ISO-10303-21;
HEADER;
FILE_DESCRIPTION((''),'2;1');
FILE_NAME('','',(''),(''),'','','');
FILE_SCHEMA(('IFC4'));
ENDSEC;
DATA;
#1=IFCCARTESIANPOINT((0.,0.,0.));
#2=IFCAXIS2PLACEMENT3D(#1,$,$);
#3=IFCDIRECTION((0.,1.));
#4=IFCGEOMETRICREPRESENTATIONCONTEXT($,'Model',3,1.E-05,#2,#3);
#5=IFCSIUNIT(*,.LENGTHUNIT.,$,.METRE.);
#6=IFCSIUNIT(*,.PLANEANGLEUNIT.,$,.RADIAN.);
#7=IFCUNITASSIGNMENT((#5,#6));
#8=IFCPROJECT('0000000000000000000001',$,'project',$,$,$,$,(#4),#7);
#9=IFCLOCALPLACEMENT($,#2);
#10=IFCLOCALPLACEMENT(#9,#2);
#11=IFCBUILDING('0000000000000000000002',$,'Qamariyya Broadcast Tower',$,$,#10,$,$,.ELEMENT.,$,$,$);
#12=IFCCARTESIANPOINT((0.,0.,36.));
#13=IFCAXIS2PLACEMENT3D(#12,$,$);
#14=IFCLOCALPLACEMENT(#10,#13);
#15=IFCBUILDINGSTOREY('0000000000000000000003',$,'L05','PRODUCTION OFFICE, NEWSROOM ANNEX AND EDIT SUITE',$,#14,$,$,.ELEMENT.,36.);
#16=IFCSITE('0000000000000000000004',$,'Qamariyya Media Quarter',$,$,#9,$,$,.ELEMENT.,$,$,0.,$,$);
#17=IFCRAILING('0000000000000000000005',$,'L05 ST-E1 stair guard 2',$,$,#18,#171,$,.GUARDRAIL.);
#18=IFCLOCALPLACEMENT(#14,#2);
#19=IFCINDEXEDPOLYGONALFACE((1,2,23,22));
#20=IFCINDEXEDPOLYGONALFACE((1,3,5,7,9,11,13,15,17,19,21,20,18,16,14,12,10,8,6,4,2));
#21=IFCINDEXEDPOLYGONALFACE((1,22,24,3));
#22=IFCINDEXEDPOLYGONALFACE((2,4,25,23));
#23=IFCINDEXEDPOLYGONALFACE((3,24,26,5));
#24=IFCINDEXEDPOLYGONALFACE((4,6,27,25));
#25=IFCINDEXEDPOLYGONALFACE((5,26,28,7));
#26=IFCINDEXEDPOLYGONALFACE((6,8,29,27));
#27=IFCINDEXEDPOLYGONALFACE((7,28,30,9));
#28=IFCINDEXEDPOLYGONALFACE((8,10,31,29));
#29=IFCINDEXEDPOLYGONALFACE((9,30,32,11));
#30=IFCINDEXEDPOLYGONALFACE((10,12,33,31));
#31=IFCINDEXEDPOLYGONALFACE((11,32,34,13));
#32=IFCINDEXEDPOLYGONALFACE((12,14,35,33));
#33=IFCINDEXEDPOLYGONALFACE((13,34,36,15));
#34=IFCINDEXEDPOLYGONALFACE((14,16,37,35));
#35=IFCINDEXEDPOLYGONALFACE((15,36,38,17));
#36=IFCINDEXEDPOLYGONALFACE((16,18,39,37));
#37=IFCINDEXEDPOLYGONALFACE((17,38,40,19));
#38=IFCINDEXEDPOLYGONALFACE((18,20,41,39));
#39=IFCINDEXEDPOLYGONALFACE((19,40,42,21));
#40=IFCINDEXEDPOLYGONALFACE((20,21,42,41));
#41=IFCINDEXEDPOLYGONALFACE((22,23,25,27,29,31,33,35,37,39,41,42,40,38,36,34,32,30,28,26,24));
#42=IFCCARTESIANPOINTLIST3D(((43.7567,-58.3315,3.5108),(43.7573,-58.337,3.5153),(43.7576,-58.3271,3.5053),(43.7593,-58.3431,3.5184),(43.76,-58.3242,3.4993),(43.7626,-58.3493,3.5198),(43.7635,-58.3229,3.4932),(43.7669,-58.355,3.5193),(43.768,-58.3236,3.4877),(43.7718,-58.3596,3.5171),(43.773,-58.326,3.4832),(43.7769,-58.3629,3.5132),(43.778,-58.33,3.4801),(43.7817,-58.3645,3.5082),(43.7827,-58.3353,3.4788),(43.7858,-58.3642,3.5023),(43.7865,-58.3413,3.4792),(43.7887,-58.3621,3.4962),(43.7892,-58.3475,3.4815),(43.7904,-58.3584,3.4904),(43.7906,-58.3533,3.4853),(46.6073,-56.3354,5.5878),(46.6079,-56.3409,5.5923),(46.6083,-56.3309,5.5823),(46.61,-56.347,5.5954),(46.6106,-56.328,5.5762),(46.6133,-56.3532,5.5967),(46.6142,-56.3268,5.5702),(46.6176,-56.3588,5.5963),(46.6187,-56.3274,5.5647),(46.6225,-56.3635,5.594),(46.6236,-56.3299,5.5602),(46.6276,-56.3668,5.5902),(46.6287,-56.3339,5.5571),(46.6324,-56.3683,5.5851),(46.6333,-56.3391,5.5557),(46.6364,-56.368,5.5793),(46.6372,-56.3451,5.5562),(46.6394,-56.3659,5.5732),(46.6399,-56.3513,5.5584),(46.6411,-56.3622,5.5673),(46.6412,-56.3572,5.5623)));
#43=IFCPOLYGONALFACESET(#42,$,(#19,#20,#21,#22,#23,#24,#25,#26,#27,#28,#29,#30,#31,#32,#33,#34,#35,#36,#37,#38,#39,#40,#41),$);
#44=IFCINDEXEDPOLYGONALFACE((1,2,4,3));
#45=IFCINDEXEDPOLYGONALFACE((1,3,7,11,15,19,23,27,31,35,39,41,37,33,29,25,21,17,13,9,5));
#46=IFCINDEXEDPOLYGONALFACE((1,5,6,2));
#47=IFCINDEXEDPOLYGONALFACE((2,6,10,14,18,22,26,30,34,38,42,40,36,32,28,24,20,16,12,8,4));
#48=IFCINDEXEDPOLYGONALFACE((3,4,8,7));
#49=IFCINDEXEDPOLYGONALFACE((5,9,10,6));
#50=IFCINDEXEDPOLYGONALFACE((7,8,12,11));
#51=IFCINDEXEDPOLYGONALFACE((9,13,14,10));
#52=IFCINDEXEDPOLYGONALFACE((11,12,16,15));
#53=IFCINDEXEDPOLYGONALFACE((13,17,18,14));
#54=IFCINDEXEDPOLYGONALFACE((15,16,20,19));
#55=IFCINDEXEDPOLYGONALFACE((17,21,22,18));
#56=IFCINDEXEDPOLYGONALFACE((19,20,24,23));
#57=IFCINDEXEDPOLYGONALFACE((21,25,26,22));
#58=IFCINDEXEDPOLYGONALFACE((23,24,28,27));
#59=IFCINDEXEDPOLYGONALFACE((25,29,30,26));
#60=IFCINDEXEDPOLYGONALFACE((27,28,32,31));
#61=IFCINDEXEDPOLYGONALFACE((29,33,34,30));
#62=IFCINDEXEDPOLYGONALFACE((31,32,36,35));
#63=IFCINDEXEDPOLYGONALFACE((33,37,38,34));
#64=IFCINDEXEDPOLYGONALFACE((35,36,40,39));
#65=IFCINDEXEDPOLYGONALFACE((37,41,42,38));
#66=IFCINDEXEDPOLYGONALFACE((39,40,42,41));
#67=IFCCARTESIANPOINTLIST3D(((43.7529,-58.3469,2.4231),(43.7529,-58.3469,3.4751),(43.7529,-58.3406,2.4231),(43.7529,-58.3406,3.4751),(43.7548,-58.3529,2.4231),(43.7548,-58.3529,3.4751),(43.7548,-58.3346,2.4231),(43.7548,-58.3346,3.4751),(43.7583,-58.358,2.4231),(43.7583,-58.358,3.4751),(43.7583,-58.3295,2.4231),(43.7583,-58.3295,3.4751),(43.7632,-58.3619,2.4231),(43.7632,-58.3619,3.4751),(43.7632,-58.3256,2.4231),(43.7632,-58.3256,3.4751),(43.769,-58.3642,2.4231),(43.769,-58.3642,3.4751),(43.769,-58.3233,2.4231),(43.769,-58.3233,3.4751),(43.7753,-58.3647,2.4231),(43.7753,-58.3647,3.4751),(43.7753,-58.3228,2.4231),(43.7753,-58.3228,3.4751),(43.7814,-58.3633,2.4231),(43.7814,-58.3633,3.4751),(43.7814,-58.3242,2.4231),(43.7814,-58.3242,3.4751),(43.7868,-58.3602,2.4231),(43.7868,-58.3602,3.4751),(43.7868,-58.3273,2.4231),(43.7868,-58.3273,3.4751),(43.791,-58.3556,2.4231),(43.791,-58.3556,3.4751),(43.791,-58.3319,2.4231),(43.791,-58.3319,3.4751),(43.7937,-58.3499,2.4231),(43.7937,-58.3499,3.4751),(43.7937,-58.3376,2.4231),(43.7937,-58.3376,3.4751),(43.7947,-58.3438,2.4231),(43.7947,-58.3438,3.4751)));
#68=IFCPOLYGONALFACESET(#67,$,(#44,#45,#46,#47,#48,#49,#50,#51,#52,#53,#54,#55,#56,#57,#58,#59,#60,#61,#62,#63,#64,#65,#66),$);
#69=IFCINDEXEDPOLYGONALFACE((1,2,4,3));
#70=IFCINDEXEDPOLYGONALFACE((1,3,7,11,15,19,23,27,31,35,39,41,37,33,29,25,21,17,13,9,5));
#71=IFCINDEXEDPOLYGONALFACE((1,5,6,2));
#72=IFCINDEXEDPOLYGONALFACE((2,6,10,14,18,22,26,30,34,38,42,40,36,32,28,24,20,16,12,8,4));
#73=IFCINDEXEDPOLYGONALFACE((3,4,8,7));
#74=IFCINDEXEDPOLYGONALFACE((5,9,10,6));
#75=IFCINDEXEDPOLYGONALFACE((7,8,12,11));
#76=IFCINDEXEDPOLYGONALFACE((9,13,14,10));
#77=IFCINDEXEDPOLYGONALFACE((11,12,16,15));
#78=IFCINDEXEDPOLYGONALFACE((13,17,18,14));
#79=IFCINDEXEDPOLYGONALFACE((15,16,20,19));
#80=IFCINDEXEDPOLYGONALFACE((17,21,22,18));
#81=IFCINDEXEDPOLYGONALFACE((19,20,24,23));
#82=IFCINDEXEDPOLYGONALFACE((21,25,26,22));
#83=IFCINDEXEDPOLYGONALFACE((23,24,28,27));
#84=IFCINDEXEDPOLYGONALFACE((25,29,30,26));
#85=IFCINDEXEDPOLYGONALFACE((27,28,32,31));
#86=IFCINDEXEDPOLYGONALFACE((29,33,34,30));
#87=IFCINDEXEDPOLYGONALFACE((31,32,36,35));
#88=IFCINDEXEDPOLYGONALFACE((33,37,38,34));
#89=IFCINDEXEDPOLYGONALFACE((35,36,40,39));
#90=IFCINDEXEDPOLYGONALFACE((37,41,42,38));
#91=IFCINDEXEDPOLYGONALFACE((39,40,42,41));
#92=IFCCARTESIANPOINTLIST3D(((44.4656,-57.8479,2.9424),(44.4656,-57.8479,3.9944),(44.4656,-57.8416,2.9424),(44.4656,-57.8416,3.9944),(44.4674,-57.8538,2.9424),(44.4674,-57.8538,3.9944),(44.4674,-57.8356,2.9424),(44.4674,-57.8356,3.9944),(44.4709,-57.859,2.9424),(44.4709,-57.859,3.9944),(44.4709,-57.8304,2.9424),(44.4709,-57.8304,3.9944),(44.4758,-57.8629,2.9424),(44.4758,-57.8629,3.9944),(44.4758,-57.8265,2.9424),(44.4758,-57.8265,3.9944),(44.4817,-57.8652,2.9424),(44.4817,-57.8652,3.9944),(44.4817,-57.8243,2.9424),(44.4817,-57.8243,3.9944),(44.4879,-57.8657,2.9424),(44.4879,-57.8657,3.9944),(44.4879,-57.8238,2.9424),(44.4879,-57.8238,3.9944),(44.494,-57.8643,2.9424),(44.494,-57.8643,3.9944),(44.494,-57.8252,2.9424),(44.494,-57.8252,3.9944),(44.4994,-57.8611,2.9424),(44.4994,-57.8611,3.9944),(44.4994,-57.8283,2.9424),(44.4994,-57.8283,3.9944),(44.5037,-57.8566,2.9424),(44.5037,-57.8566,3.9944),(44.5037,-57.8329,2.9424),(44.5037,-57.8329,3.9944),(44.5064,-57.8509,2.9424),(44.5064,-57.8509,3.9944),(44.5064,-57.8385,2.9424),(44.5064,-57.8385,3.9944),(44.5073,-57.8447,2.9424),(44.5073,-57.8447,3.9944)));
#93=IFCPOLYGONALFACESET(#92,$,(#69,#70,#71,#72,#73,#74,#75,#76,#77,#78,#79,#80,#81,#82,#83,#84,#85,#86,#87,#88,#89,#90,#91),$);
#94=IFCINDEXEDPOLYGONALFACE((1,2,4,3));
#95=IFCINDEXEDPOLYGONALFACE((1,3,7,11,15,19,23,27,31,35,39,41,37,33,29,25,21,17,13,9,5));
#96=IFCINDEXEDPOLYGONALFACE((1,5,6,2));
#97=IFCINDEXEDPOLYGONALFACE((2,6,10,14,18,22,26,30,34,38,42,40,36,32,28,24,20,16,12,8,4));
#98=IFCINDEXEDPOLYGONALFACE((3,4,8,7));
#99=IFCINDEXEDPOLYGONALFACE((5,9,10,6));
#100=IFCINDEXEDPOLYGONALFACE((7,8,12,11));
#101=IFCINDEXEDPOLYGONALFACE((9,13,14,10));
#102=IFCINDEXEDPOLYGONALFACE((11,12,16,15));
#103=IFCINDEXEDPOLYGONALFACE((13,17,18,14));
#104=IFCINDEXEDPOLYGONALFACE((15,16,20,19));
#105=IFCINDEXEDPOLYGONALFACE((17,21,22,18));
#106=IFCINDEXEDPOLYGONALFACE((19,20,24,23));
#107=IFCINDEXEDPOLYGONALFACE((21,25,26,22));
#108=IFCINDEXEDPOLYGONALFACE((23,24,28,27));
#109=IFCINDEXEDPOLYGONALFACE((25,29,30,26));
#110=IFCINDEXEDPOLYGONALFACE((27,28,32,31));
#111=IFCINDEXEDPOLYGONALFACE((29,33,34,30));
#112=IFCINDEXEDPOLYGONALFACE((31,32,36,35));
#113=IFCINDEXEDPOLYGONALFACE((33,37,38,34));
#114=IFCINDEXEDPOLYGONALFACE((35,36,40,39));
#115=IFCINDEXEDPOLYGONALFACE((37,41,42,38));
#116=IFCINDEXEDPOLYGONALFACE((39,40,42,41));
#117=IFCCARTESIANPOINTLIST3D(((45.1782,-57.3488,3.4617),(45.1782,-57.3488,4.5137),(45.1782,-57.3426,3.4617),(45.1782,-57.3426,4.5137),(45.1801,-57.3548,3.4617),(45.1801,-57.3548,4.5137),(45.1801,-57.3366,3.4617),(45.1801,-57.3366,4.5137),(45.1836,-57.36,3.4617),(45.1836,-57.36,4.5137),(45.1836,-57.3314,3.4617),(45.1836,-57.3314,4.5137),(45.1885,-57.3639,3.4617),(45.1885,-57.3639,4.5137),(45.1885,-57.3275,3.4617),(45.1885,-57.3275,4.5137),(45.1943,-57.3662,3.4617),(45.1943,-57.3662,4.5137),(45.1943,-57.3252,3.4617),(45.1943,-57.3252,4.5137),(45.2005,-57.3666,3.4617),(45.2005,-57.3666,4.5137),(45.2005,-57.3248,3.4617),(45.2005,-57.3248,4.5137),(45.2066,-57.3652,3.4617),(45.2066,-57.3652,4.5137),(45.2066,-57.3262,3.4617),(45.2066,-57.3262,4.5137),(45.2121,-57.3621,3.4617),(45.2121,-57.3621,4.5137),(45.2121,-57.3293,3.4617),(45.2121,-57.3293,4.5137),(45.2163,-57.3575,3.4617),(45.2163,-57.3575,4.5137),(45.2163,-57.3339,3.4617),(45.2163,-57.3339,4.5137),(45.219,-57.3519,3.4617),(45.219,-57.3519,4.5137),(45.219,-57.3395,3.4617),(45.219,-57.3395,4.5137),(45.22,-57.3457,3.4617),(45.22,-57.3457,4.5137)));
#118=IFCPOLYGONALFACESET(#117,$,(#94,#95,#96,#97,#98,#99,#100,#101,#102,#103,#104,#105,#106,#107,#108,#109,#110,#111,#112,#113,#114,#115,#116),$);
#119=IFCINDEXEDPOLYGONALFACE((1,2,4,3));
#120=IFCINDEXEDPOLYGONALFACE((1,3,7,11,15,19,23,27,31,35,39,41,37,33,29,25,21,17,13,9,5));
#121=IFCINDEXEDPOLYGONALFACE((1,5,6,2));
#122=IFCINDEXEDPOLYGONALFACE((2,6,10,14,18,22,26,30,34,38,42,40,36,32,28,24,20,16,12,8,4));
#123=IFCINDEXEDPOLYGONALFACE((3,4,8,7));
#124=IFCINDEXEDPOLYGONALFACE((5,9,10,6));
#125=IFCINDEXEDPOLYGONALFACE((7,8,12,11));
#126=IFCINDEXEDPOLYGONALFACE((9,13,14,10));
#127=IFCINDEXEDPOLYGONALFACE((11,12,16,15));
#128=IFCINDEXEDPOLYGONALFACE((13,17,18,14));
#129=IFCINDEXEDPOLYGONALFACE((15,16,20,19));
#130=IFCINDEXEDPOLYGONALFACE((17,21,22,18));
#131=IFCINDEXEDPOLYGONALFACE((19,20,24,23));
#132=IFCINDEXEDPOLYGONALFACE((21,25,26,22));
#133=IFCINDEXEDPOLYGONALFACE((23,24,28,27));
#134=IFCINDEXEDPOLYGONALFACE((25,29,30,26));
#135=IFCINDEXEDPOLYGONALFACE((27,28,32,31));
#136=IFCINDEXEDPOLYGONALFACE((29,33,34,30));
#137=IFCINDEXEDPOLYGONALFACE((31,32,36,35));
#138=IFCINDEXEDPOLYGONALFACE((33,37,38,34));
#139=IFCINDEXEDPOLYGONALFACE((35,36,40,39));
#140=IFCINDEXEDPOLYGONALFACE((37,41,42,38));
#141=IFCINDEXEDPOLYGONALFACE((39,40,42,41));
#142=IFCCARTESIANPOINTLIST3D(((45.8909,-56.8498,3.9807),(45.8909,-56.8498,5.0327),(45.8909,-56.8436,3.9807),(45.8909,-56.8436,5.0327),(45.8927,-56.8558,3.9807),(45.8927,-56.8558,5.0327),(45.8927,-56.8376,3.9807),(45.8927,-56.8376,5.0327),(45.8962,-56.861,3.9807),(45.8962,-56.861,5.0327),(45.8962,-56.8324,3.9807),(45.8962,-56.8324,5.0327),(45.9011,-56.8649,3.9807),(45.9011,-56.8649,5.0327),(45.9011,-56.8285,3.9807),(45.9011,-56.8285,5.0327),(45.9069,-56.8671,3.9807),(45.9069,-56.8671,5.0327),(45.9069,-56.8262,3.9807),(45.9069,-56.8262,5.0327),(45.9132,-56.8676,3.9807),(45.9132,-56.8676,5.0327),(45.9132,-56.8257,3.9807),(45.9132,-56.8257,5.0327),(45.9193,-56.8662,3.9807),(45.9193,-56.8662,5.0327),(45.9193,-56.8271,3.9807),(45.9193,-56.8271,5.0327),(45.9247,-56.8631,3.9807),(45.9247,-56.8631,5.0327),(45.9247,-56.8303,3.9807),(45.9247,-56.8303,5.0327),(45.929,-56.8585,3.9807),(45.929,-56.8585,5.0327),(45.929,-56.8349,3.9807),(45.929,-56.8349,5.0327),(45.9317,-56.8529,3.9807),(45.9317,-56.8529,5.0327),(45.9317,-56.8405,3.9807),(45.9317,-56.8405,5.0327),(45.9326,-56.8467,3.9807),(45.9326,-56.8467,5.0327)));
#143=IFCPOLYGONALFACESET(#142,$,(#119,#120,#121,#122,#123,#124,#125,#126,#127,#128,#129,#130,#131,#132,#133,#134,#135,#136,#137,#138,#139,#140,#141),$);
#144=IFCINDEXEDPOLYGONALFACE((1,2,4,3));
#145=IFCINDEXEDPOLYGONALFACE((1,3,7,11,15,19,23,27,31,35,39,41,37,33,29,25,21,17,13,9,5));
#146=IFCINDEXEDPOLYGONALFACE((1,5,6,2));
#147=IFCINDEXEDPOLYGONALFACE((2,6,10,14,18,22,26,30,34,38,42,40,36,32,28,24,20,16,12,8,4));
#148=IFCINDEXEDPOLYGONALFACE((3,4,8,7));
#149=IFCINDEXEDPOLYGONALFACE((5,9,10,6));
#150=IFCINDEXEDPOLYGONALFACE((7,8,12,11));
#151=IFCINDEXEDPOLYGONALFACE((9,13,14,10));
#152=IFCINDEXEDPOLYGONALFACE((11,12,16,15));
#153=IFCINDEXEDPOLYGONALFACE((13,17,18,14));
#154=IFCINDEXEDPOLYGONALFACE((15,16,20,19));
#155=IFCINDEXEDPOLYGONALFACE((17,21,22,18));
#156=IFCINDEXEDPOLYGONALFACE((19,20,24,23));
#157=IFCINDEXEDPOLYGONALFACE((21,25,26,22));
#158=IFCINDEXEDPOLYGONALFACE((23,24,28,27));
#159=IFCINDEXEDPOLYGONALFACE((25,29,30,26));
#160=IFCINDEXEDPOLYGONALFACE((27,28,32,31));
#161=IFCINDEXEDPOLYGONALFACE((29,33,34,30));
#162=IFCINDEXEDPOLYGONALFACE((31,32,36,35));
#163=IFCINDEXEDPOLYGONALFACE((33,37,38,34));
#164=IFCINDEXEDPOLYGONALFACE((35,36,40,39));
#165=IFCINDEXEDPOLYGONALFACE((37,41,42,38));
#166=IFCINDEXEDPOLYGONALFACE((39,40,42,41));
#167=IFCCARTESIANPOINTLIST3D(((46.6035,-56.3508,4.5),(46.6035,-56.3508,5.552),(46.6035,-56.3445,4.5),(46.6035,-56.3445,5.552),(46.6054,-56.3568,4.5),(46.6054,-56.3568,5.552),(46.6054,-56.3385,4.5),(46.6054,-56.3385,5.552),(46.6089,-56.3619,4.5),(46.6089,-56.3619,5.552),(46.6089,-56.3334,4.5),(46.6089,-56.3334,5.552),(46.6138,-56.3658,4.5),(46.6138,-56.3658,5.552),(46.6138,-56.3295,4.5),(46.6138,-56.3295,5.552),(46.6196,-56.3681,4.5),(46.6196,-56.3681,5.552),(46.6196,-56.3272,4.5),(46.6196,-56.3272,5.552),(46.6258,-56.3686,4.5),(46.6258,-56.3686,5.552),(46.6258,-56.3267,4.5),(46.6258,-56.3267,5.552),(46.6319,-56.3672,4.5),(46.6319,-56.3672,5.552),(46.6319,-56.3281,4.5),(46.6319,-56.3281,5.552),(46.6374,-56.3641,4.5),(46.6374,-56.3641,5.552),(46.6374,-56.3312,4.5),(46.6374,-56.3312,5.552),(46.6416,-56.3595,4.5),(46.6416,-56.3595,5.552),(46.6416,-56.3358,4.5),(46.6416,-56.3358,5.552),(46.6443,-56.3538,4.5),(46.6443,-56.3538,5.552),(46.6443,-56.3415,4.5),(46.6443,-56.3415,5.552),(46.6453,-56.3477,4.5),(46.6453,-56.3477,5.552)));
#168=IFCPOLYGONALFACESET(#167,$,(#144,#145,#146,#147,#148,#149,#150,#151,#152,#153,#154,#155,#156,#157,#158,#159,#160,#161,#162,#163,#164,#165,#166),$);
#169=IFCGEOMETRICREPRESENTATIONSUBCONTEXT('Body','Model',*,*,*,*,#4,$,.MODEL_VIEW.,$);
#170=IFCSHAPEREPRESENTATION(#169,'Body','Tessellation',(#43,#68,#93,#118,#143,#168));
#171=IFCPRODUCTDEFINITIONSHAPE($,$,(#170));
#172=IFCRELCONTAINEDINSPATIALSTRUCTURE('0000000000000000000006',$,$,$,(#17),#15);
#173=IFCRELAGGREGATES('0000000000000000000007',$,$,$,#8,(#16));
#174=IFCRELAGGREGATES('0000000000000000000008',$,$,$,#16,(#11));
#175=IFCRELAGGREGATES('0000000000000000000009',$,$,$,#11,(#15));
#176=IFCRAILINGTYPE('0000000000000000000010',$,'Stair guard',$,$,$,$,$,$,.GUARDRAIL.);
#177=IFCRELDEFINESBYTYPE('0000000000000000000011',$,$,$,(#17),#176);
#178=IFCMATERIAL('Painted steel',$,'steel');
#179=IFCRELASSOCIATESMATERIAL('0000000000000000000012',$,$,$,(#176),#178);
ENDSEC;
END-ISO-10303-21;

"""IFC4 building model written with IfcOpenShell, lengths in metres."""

from ifc_helpers import new_model, si_unit, direction, frame, origin, origin_2d, place, context, subcontext, project, spatial, circle, extrude, material, type_object, element, save


model = new_model("IFC4")

# Units and contexts
model_context = context("Model", 3, precision=1e-05, world=origin(), true_north=direction((0.0, 1.0)))
body_context = subcontext(model_context, "Body", "Model", "MODEL_VIEW")
ifc_project = project(units=[si_unit("LENGTHUNIT", "METRE"), si_unit("PLANEANGLEUNIT", "RADIAN")], contexts=[model_context])

# Site, building, storey
site_placement = place(None, origin())
site = spatial("IfcSite", under=ifc_project, at=site_placement, Name="Qamariyya Media Quarter", CompositionType="ELEMENT", RefElevation=0.0)
building_placement = place(site_placement, origin())
building = spatial("IfcBuilding", under=site, at=building_placement, Name="Qamariyya Broadcast Tower", CompositionType="ELEMENT")
storey_placement = place(building_placement, frame((0.0, 0.0, 36.0)))
storey = spatial("IfcBuildingStorey", under=building, at=storey_placement, Name="L05", Description="PRODUCTION OFFICE, NEWSROOM ANNEX AND EDIT SUITE", CompositionType="ELEMENT", Elevation=36.0)

# Railing
ifc_material_1 = material(Name="Painted steel", Category="steel")
railing_type_1 = type_object("IfcRailingType", Name="Stair guard", PredefinedType="GUARDRAIL", material=ifc_material_1)
railing_1_placement = place(storey_placement, frame((43.7737, -58.3438, 2.4231)))
element("IfcRailing", 1, at=railing_1_placement, inside=storey, type_object=railing_type_1, Name="L05 ST-E1 stair guard 2", PredefinedType="GUARDRAIL", context=body_context, shape_type="SweptSolid", body=[
    extrude(circle(Radius=0.0239, at=origin_2d()), frame((0.0, 0.0, 1.0762), z_axis=(0.703393, 0.492544, 0.512484), x_axis=(-0.573594, 0.81914, 0.0)), (0.0, 0.0, 1.0), 4.0527),
    extrude(circle(Radius=0.021, at=origin_2d()), origin(), (0.0, 0.0, 1.0), 1.052),
    extrude(circle(Radius=0.021, at=origin_2d()), frame((0.7126, 0.499, 0.5193)), (0.0, 0.0, 1.0), 1.052),
    extrude(circle(Radius=0.021, at=origin_2d()), frame((1.4253, 0.998, 1.0386)), (0.0, 0.0, 1.0), 1.052),
    extrude(circle(Radius=0.021, at=origin_2d()), frame((2.1379, 1.4971, 1.5576)), (0.0, 0.0, 1.0), 1.052),
    extrude(circle(Radius=0.021, at=origin_2d()), frame((2.8506, 1.9961, 2.0769)), (0.0, 0.0, 1.0), 1.052),
])

save(model, "model.ifc")
